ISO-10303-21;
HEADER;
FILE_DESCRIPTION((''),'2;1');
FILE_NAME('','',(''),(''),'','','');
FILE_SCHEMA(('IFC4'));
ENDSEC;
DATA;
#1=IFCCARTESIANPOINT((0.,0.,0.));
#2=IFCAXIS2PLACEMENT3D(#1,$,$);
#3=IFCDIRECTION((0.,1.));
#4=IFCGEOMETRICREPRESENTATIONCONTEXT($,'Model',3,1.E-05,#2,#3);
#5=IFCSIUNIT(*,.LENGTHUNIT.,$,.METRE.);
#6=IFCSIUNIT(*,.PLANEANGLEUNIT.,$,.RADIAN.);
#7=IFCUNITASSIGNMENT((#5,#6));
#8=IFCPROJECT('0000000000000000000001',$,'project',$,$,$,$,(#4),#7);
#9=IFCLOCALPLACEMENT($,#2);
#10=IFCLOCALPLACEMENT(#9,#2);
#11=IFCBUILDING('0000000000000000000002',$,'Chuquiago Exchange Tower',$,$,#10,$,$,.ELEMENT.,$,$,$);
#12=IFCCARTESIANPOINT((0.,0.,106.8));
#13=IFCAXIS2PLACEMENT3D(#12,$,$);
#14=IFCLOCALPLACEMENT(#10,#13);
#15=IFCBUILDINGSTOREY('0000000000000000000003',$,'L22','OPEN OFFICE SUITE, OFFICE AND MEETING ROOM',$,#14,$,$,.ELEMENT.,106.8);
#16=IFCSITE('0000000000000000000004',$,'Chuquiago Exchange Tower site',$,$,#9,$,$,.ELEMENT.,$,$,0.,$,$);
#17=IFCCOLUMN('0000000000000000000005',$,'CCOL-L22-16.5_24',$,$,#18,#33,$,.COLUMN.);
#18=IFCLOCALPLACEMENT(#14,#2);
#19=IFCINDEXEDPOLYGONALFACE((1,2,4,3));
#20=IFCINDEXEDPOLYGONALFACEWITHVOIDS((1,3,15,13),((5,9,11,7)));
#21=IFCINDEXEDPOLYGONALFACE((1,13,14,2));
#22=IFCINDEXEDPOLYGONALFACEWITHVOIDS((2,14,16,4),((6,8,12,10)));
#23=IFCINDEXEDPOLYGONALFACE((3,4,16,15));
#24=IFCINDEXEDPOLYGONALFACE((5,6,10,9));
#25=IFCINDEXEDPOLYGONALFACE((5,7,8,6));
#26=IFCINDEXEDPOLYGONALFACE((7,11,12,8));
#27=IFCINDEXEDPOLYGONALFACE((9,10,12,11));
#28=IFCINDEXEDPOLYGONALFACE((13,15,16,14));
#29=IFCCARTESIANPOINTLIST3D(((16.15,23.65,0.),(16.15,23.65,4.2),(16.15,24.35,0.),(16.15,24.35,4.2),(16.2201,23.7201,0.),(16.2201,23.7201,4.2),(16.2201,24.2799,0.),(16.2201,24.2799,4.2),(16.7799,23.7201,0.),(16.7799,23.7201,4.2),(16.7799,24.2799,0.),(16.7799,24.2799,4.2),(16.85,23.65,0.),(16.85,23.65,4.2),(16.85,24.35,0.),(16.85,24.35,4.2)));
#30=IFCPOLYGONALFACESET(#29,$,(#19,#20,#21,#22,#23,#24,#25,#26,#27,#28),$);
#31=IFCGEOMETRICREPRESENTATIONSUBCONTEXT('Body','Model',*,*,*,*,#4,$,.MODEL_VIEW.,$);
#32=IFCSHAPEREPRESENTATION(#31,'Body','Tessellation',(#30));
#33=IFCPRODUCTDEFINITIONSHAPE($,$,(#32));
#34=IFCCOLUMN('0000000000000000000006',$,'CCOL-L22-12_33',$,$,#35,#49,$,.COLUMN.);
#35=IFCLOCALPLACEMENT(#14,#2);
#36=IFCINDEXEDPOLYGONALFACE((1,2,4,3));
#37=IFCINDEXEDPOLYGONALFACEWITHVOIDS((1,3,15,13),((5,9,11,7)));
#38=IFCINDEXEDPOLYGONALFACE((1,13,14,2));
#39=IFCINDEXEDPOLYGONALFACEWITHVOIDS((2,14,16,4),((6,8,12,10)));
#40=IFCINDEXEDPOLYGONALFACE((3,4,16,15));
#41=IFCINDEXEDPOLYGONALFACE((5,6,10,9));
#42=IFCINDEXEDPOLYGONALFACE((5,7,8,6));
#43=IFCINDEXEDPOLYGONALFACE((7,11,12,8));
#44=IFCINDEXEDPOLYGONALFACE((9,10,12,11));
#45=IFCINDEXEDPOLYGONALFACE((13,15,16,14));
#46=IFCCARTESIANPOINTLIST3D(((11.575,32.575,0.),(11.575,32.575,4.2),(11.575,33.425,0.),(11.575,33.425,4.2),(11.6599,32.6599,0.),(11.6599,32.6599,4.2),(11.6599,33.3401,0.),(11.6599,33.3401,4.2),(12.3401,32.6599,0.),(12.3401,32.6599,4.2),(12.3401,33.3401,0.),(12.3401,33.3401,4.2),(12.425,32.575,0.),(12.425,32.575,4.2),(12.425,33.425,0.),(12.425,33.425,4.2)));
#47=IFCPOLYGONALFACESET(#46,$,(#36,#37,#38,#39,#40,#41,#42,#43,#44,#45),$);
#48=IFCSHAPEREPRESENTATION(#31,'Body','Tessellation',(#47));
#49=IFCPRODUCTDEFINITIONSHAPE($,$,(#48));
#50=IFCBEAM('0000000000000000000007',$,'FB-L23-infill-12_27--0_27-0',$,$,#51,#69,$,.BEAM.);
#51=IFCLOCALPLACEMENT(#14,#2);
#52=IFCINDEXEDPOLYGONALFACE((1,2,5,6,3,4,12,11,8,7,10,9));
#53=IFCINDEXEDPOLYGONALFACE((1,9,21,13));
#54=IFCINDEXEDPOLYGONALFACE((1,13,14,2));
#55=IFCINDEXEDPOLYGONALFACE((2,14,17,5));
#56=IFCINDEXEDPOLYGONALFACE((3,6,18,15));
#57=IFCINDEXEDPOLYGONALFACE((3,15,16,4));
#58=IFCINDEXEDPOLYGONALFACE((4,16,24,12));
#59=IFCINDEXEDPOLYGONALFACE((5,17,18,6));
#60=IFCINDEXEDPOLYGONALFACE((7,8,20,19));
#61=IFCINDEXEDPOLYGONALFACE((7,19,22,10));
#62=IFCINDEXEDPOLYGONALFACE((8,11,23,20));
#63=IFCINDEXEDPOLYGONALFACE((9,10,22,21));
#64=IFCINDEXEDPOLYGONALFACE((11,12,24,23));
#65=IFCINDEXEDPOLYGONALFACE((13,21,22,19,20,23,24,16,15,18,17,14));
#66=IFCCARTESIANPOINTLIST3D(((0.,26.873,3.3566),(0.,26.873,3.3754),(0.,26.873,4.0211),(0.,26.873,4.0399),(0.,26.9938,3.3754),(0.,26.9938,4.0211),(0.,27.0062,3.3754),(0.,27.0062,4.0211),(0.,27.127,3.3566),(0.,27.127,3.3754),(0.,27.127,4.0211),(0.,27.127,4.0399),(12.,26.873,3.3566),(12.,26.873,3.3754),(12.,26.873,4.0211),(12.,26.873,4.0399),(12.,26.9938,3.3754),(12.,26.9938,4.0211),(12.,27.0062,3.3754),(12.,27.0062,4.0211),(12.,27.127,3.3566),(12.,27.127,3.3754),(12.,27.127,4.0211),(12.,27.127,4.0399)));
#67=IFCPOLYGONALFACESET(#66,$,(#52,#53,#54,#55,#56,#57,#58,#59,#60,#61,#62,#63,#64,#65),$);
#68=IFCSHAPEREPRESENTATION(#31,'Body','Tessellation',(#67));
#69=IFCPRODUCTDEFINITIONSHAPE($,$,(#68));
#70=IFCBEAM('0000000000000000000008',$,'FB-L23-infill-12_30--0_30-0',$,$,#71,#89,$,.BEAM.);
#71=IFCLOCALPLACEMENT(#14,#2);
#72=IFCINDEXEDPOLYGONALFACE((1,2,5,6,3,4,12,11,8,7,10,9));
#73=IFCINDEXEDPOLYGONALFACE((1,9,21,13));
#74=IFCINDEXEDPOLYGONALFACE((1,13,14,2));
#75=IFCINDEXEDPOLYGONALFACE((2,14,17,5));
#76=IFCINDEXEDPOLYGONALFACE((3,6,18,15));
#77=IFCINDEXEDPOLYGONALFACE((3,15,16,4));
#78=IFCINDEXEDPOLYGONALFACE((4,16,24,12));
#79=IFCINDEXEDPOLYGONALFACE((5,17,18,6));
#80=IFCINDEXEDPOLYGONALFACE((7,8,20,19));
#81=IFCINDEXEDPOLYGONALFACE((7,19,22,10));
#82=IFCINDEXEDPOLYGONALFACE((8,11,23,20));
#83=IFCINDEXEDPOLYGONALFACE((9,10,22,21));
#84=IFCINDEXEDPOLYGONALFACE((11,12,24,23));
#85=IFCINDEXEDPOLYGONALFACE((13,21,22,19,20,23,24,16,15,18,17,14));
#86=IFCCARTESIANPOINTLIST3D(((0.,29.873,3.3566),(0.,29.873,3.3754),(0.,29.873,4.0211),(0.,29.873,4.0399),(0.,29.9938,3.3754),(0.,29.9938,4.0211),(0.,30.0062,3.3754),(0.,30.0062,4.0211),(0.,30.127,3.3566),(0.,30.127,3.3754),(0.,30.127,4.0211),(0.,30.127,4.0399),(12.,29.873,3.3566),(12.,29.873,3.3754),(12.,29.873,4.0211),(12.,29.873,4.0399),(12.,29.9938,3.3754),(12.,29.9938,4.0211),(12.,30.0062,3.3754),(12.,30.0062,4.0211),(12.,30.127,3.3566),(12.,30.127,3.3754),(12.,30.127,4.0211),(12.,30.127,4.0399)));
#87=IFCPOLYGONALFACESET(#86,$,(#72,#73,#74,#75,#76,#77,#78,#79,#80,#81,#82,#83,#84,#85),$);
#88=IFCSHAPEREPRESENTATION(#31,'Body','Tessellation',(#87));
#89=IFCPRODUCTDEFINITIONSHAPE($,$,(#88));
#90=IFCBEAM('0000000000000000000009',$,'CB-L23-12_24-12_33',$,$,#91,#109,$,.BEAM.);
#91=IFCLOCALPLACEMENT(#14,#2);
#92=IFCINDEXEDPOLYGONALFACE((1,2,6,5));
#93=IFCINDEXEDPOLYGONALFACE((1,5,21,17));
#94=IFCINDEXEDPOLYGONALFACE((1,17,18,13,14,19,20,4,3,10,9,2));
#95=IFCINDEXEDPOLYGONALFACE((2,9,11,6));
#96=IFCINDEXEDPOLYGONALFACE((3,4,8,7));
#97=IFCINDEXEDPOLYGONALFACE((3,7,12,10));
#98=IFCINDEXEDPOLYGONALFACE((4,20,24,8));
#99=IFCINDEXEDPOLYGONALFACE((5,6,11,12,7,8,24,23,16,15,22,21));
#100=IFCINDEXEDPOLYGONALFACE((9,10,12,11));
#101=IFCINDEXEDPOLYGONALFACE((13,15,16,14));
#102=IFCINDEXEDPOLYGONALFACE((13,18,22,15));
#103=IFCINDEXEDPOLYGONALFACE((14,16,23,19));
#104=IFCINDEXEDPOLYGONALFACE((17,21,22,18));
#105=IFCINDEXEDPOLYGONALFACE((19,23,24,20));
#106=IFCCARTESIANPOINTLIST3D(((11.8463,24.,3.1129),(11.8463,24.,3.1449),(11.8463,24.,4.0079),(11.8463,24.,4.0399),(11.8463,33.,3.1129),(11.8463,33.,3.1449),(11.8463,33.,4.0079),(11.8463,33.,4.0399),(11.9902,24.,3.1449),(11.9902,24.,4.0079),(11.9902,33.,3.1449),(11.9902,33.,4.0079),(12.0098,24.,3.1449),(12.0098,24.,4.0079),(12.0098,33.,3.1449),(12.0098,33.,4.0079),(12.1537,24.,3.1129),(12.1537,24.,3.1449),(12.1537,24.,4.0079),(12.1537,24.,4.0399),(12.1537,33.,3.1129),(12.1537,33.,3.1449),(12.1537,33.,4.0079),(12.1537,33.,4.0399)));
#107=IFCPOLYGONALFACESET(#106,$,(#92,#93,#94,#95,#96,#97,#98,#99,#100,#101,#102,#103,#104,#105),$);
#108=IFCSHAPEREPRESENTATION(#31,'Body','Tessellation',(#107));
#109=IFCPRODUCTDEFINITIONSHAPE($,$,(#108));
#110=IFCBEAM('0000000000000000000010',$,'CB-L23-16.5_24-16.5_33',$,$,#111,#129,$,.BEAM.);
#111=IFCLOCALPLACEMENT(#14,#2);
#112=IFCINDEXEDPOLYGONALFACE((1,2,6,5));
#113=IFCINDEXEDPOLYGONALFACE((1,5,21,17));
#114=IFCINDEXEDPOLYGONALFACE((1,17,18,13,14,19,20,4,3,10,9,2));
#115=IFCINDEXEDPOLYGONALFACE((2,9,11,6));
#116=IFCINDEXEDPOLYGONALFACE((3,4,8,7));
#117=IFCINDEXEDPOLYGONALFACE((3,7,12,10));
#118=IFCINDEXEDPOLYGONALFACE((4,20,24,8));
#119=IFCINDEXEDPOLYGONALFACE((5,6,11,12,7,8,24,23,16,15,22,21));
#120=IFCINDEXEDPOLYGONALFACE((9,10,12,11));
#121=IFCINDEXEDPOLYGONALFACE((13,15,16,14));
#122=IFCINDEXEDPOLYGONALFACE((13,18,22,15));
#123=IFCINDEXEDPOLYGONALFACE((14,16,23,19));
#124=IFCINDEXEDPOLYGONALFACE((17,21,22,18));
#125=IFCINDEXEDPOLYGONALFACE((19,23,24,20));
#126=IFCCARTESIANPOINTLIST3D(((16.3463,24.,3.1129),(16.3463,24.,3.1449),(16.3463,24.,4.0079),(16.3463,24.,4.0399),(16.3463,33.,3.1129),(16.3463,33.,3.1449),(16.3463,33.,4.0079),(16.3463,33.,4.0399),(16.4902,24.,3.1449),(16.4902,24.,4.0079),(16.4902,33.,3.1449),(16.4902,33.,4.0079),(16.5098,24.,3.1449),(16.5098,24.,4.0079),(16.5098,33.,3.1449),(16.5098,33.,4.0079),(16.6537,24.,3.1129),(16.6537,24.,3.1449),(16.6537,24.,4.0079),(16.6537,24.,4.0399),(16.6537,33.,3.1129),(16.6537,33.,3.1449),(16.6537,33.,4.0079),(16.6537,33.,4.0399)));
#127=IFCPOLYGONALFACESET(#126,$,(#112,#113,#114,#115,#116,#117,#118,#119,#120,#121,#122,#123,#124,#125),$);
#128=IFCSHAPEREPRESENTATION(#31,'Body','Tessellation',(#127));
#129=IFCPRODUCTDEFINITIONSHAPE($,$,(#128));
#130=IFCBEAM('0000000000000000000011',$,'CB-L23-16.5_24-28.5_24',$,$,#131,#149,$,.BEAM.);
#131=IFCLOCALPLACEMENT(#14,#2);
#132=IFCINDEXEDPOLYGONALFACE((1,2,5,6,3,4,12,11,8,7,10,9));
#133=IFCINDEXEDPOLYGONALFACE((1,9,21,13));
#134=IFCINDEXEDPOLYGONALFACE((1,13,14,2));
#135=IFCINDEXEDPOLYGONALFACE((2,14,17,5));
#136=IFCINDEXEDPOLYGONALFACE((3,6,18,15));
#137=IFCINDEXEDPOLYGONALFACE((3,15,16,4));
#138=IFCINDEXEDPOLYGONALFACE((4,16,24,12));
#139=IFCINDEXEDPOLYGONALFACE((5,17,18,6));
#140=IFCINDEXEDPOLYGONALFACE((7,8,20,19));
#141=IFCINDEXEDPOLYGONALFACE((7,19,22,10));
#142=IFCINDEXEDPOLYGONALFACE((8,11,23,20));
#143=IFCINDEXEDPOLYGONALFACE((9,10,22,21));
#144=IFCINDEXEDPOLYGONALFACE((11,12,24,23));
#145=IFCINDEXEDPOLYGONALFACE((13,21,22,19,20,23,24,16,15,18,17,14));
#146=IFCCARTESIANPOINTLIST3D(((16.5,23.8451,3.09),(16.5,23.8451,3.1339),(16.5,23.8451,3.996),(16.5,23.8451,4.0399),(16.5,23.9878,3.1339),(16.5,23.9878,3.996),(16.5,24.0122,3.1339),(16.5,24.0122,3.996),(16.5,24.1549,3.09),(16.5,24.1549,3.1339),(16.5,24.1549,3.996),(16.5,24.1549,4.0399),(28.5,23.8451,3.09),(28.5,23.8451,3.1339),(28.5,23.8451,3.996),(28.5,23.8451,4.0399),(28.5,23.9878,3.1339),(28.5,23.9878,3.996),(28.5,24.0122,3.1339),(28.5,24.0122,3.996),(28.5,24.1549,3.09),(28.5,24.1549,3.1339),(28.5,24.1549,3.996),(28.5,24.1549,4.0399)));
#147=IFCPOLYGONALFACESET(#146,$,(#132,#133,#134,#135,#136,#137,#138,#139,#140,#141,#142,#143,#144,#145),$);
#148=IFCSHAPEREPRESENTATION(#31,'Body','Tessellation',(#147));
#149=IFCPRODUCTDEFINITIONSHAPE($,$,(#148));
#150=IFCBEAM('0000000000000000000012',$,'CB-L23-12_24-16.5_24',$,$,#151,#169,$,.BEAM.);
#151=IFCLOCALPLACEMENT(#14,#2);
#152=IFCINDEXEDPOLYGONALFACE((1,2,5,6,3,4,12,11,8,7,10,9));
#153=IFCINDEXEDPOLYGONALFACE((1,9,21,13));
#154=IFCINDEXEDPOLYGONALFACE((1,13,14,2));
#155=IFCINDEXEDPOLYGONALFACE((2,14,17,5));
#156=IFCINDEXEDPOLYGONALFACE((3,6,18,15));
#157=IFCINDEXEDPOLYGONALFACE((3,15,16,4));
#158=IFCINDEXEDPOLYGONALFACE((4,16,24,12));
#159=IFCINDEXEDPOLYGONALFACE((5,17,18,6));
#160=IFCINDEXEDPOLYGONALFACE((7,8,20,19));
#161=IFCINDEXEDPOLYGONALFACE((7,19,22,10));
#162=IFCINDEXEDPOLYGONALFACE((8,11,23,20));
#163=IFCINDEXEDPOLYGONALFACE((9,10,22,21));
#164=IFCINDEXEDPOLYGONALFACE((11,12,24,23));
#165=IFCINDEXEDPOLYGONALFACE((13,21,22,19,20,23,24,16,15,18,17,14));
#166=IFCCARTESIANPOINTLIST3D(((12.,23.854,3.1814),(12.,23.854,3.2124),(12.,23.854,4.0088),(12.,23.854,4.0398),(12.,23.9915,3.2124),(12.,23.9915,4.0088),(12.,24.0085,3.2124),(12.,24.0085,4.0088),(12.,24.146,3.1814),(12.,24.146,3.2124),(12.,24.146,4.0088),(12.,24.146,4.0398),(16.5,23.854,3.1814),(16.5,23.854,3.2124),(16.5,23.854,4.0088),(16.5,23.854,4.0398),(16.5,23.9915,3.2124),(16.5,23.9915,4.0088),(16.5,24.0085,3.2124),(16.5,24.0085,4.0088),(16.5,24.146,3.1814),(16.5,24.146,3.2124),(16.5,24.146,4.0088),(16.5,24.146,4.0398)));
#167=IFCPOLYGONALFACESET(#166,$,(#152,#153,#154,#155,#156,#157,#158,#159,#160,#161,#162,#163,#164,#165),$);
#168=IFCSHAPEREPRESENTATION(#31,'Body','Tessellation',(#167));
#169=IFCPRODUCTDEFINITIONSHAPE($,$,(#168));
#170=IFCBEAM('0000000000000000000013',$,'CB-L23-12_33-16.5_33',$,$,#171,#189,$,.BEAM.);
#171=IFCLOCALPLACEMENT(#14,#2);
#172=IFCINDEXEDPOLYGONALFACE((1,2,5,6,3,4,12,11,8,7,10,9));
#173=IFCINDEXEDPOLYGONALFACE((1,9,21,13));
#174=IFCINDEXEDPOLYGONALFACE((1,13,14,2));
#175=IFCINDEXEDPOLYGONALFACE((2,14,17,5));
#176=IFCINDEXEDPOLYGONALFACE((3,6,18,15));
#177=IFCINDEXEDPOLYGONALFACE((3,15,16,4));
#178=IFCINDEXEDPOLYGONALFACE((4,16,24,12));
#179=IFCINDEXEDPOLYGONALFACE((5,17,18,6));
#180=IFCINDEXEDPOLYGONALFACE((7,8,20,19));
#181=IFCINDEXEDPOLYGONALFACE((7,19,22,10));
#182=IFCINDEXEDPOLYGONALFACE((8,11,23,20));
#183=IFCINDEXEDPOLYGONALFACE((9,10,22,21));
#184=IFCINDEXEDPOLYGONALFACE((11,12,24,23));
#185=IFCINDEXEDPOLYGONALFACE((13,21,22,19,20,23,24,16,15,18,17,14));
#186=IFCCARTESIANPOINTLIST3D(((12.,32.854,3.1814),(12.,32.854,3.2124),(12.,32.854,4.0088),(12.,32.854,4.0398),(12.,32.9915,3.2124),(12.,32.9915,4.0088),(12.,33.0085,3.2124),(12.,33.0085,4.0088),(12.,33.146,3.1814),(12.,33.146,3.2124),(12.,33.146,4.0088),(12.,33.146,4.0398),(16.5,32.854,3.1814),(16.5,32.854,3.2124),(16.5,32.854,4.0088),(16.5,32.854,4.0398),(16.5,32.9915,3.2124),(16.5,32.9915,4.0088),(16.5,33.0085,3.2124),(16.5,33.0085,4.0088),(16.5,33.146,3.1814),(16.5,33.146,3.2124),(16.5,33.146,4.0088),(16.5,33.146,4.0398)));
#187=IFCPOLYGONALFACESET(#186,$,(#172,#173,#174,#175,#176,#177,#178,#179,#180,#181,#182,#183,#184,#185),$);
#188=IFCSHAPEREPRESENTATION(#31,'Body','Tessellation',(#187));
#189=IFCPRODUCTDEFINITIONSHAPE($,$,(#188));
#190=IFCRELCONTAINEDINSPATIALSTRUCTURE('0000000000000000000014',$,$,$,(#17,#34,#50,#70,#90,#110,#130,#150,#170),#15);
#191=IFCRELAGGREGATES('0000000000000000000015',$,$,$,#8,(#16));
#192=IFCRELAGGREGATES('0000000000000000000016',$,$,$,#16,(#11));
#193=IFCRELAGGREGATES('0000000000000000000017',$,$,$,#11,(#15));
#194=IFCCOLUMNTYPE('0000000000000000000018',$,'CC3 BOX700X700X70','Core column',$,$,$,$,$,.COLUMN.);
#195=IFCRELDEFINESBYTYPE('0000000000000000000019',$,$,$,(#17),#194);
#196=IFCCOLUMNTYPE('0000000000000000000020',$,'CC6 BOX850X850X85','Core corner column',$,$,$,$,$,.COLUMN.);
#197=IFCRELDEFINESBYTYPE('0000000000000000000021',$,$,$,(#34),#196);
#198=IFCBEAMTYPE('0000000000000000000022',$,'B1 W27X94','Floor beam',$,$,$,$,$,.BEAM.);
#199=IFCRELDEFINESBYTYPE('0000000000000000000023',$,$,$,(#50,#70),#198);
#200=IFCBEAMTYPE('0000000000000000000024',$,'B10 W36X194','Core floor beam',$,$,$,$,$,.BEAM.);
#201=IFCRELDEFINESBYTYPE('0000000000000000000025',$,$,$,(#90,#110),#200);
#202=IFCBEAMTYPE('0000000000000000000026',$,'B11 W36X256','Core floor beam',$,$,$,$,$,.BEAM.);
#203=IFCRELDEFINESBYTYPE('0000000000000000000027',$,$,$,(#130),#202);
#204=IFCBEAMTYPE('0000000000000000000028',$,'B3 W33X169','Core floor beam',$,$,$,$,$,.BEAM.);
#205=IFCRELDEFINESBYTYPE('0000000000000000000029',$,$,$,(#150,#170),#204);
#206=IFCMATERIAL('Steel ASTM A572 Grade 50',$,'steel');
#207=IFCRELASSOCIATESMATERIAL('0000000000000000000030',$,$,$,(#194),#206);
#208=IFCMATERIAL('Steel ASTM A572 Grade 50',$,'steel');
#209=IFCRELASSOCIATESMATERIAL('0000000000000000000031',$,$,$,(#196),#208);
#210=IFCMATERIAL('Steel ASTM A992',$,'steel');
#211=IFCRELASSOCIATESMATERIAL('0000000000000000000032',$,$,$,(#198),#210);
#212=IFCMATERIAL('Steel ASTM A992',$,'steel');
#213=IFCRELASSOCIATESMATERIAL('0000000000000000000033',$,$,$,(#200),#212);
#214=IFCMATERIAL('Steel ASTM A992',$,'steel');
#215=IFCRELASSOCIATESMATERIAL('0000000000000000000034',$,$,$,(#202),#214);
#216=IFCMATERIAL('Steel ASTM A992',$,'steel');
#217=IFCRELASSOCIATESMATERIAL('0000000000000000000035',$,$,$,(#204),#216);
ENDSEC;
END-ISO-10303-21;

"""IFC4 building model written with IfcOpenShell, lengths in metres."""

from ifc_helpers import new_model, si_unit, direction, frame, origin, origin_2d, place, context, subcontext, project, spatial, hollow_rectangle, i_section, extrude, material, material_profile, profile_set, type_object, element, save


model = new_model("IFC4")

# Units and contexts
model_context = context("Model", 3, precision=1e-05, world=origin(), true_north=direction((0.0, 1.0)))
body_context = subcontext(model_context, "Body", "Model", "MODEL_VIEW")
ifc_project = project(units=[si_unit("LENGTHUNIT", "METRE"), si_unit("PLANEANGLEUNIT", "RADIAN")], contexts=[model_context])

# Site, building, storey
site_placement = place(None, origin())
site = spatial("IfcSite", under=ifc_project, at=site_placement, Name="Chuquiago Exchange Tower site", CompositionType="ELEMENT", RefElevation=0.0)
building_placement = place(site_placement, origin())
building = spatial("IfcBuilding", under=site, at=building_placement, Name="Chuquiago Exchange Tower", CompositionType="ELEMENT")
storey_placement = place(building_placement, frame((0.0, 0.0, 106.8)))
storey = spatial("IfcBuildingStorey", under=building, at=storey_placement, Name="L22", Description="OPEN OFFICE SUITE, OFFICE AND MEETING ROOM", CompositionType="ELEMENT", Elevation=106.8)

# Columns
ifc_material_1 = material(Name="Steel ASTM A572 Grade 50", Category="steel")
ifc_material_profile_1 = material_profile(ifc_material_1, hollow_rectangle(XDim=0.7, YDim=0.7, WallThickness=0.0701, at=origin_2d()), Name="BOX700X700X70")
ifc_profile_set_1 = profile_set([ifc_material_profile_1], Name="Steel ASTM A572 Grade 50")
column_type_1 = type_object("IfcColumnType", Name="CC3 BOX700X700X70", Description="Core column", PredefinedType="COLUMN", material=ifc_profile_set_1)
column_1_placement = place(storey_placement, frame((16.5, 24.0, 0.0), z_axis=(0.0, 0.0, 1.0), x_axis=(1.0, 0.0, 0.0)))
element("IfcColumn", 1, at=column_1_placement, inside=storey, type_object=column_type_1, Name="CCOL-L22-16.5_24", PredefinedType="COLUMN", context=body_context, shape_type="SweptSolid", body=[
    extrude(hollow_rectangle(XDim=0.7, YDim=0.7, WallThickness=0.0701, at=origin_2d()), origin(), (0.0, 0.0, 1.0), 4.2),
])
ifc_material_2 = material(Name="Steel ASTM A572 Grade 50", Category="steel")
ifc_material_profile_2 = material_profile(ifc_material_2, hollow_rectangle(XDim=0.8501, YDim=0.8501, WallThickness=0.085, at=origin_2d()), Name="BOX850X850X85")
ifc_profile_set_2 = profile_set([ifc_material_profile_2], Name="Steel ASTM A572 Grade 50")
column_type_2 = type_object("IfcColumnType", Name="CC6 BOX850X850X85", Description="Core corner column", PredefinedType="COLUMN", material=ifc_profile_set_2)
column_2_placement = place(storey_placement, frame((12.0, 33.0, 0.0), z_axis=(0.0, 0.0, 1.0), x_axis=(1.0, 0.0, 0.0)))
element("IfcColumn", 2, at=column_2_placement, inside=storey, type_object=column_type_2, Name="CCOL-L22-12_33", PredefinedType="COLUMN", context=body_context, shape_type="SweptSolid", body=[
    extrude(hollow_rectangle(XDim=0.8501, YDim=0.8501, WallThickness=0.085, at=origin_2d()), origin(), (0.0, 0.0, 1.0), 4.2),
])

# Beams
ifc_material_3 = material(Name="Steel ASTM A992", Category="steel")
ifc_material_profile_3 = material_profile(ifc_material_3, i_section(OverallWidth=0.2539, OverallDepth=0.6833, WebThickness=0.0125, FlangeThickness=0.0188, at=origin_2d()), Name="W27X94")
ifc_profile_set_3 = profile_set([ifc_material_profile_3], Name="Steel ASTM A992")
beam_type_1 = type_object("IfcBeamType", Name="B1 W27X94", Description="Floor beam", PredefinedType="BEAM", material=ifc_profile_set_3)
for number, where, z_axis, x_axis, name in (
    (3, (12.0, 27.0, 3.6982), (-1.0, 0.0, 0.0), (0.0, -1.0, 0.0), "FB-L23-infill-12_27--0_27-0"),
    (4, (12.0, 30.0, 3.6982), (-1.0, 0.0, 0.0), (0.0, -1.0, 0.0), "FB-L23-infill-12_30--0_30-0"),
):
    element("IfcBeam", number, at=place(storey_placement, frame(where, z_axis=z_axis, x_axis=x_axis)), inside=storey, type_object=beam_type_1, Name=name, PredefinedType="BEAM", context=body_context, shape_type="SweptSolid", body=[
        extrude(i_section(OverallWidth=0.2539, OverallDepth=0.6833, WebThickness=0.0125, FlangeThickness=0.0188, at=origin_2d()), origin(), (0.0, 0.0, 1.0), 12.0),
    ])
ifc_material_4 = material(Name="Steel ASTM A992", Category="steel")
ifc_material_profile_4 = material_profile(ifc_material_4, i_section(OverallWidth=0.3074, OverallDepth=0.927, WebThickness=0.0195, FlangeThickness=0.032, at=origin_2d()), Name="W36X194")
ifc_profile_set_4 = profile_set([ifc_material_profile_4], Name="Steel ASTM A992")
beam_type_2 = type_object("IfcBeamType", Name="B10 W36X194", Description="Core floor beam", PredefinedType="BEAM", material=ifc_profile_set_4)
for number, where, z_axis, x_axis, name in (
    (5, (12.0, 24.0, 3.5764), (0.0, 1.0, 0.0), (-1.0, 0.0, 0.0), "CB-L23-12_24-12_33"),
    (6, (16.5, 24.0, 3.5764), (0.0, 1.0, 0.0), (-1.0, 0.0, 0.0), "CB-L23-16.5_24-16.5_33"),
):
    element("IfcBeam", number, at=place(storey_placement, frame(where, z_axis=z_axis, x_axis=x_axis)), inside=storey, type_object=beam_type_2, Name=name, PredefinedType="BEAM", context=body_context, shape_type="SweptSolid", body=[
        extrude(i_section(OverallWidth=0.3074, OverallDepth=0.927, WebThickness=0.0195, FlangeThickness=0.032, at=origin_2d()), origin(), (0.0, 0.0, 1.0), 9.0),
    ])
ifc_material_5 = material(Name="Steel ASTM A992", Category="steel")
ifc_material_profile_5 = material_profile(ifc_material_5, i_section(OverallWidth=0.3098, OverallDepth=0.95, WebThickness=0.0244, FlangeThickness=0.0439, at=origin_2d()), Name="W36X256")
ifc_profile_set_5 = profile_set([ifc_material_profile_5], Name="Steel ASTM A992")
beam_type_3 = type_object("IfcBeamType", Name="B11 W36X256", Description="Core floor beam", PredefinedType="BEAM", material=ifc_profile_set_5)
beam_placement = place(storey_placement, frame((16.5, 24.0, 3.5649), z_axis=(1.0, 0.0, 0.0), x_axis=(0.0, 1.0, 0.0)))
element("IfcBeam", 7, at=beam_placement, inside=storey, type_object=beam_type_3, Name="CB-L23-16.5_24-28.5_24", PredefinedType="BEAM", context=body_context, shape_type="SweptSolid", body=[
    extrude(i_section(OverallWidth=0.3098, OverallDepth=0.95, WebThickness=0.0244, FlangeThickness=0.0439, at=origin_2d()), origin(), (0.0, 0.0, 1.0), 12.0),
])
ifc_material_6 = material(Name="Steel ASTM A992", Category="steel")
ifc_material_profile_6 = material_profile(ifc_material_6, i_section(OverallWidth=0.292, OverallDepth=0.8584, WebThickness=0.0171, FlangeThickness=0.031, at=origin_2d()), Name="W33X169")
ifc_profile_set_6 = profile_set([ifc_material_profile_6], Name="Steel ASTM A992")
beam_type_4 = type_object("IfcBeamType", Name="B3 W33X169", Description="Core floor beam", PredefinedType="BEAM", material=ifc_profile_set_6)
for number, where, z_axis, x_axis, name in (
    (8, (12.0, 24.0, 3.6106), (1.0, 0.0, 0.0), (0.0, 1.0, 0.0), "CB-L23-12_24-16.5_24"),
    (9, (12.0, 33.0, 3.6106), (1.0, 0.0, 0.0), (0.0, 1.0, 0.0), "CB-L23-12_33-16.5_33"),
):
    element("IfcBeam", number, at=place(storey_placement, frame(where, z_axis=z_axis, x_axis=x_axis)), inside=storey, type_object=beam_type_4, Name=name, PredefinedType="BEAM", context=body_context, shape_type="SweptSolid", body=[
        extrude(i_section(OverallWidth=0.292, OverallDepth=0.8584, WebThickness=0.0171, FlangeThickness=0.031, at=origin_2d()), origin(), (0.0, 0.0, 1.0), 4.5),
    ])

save(model, "model.ifc")
